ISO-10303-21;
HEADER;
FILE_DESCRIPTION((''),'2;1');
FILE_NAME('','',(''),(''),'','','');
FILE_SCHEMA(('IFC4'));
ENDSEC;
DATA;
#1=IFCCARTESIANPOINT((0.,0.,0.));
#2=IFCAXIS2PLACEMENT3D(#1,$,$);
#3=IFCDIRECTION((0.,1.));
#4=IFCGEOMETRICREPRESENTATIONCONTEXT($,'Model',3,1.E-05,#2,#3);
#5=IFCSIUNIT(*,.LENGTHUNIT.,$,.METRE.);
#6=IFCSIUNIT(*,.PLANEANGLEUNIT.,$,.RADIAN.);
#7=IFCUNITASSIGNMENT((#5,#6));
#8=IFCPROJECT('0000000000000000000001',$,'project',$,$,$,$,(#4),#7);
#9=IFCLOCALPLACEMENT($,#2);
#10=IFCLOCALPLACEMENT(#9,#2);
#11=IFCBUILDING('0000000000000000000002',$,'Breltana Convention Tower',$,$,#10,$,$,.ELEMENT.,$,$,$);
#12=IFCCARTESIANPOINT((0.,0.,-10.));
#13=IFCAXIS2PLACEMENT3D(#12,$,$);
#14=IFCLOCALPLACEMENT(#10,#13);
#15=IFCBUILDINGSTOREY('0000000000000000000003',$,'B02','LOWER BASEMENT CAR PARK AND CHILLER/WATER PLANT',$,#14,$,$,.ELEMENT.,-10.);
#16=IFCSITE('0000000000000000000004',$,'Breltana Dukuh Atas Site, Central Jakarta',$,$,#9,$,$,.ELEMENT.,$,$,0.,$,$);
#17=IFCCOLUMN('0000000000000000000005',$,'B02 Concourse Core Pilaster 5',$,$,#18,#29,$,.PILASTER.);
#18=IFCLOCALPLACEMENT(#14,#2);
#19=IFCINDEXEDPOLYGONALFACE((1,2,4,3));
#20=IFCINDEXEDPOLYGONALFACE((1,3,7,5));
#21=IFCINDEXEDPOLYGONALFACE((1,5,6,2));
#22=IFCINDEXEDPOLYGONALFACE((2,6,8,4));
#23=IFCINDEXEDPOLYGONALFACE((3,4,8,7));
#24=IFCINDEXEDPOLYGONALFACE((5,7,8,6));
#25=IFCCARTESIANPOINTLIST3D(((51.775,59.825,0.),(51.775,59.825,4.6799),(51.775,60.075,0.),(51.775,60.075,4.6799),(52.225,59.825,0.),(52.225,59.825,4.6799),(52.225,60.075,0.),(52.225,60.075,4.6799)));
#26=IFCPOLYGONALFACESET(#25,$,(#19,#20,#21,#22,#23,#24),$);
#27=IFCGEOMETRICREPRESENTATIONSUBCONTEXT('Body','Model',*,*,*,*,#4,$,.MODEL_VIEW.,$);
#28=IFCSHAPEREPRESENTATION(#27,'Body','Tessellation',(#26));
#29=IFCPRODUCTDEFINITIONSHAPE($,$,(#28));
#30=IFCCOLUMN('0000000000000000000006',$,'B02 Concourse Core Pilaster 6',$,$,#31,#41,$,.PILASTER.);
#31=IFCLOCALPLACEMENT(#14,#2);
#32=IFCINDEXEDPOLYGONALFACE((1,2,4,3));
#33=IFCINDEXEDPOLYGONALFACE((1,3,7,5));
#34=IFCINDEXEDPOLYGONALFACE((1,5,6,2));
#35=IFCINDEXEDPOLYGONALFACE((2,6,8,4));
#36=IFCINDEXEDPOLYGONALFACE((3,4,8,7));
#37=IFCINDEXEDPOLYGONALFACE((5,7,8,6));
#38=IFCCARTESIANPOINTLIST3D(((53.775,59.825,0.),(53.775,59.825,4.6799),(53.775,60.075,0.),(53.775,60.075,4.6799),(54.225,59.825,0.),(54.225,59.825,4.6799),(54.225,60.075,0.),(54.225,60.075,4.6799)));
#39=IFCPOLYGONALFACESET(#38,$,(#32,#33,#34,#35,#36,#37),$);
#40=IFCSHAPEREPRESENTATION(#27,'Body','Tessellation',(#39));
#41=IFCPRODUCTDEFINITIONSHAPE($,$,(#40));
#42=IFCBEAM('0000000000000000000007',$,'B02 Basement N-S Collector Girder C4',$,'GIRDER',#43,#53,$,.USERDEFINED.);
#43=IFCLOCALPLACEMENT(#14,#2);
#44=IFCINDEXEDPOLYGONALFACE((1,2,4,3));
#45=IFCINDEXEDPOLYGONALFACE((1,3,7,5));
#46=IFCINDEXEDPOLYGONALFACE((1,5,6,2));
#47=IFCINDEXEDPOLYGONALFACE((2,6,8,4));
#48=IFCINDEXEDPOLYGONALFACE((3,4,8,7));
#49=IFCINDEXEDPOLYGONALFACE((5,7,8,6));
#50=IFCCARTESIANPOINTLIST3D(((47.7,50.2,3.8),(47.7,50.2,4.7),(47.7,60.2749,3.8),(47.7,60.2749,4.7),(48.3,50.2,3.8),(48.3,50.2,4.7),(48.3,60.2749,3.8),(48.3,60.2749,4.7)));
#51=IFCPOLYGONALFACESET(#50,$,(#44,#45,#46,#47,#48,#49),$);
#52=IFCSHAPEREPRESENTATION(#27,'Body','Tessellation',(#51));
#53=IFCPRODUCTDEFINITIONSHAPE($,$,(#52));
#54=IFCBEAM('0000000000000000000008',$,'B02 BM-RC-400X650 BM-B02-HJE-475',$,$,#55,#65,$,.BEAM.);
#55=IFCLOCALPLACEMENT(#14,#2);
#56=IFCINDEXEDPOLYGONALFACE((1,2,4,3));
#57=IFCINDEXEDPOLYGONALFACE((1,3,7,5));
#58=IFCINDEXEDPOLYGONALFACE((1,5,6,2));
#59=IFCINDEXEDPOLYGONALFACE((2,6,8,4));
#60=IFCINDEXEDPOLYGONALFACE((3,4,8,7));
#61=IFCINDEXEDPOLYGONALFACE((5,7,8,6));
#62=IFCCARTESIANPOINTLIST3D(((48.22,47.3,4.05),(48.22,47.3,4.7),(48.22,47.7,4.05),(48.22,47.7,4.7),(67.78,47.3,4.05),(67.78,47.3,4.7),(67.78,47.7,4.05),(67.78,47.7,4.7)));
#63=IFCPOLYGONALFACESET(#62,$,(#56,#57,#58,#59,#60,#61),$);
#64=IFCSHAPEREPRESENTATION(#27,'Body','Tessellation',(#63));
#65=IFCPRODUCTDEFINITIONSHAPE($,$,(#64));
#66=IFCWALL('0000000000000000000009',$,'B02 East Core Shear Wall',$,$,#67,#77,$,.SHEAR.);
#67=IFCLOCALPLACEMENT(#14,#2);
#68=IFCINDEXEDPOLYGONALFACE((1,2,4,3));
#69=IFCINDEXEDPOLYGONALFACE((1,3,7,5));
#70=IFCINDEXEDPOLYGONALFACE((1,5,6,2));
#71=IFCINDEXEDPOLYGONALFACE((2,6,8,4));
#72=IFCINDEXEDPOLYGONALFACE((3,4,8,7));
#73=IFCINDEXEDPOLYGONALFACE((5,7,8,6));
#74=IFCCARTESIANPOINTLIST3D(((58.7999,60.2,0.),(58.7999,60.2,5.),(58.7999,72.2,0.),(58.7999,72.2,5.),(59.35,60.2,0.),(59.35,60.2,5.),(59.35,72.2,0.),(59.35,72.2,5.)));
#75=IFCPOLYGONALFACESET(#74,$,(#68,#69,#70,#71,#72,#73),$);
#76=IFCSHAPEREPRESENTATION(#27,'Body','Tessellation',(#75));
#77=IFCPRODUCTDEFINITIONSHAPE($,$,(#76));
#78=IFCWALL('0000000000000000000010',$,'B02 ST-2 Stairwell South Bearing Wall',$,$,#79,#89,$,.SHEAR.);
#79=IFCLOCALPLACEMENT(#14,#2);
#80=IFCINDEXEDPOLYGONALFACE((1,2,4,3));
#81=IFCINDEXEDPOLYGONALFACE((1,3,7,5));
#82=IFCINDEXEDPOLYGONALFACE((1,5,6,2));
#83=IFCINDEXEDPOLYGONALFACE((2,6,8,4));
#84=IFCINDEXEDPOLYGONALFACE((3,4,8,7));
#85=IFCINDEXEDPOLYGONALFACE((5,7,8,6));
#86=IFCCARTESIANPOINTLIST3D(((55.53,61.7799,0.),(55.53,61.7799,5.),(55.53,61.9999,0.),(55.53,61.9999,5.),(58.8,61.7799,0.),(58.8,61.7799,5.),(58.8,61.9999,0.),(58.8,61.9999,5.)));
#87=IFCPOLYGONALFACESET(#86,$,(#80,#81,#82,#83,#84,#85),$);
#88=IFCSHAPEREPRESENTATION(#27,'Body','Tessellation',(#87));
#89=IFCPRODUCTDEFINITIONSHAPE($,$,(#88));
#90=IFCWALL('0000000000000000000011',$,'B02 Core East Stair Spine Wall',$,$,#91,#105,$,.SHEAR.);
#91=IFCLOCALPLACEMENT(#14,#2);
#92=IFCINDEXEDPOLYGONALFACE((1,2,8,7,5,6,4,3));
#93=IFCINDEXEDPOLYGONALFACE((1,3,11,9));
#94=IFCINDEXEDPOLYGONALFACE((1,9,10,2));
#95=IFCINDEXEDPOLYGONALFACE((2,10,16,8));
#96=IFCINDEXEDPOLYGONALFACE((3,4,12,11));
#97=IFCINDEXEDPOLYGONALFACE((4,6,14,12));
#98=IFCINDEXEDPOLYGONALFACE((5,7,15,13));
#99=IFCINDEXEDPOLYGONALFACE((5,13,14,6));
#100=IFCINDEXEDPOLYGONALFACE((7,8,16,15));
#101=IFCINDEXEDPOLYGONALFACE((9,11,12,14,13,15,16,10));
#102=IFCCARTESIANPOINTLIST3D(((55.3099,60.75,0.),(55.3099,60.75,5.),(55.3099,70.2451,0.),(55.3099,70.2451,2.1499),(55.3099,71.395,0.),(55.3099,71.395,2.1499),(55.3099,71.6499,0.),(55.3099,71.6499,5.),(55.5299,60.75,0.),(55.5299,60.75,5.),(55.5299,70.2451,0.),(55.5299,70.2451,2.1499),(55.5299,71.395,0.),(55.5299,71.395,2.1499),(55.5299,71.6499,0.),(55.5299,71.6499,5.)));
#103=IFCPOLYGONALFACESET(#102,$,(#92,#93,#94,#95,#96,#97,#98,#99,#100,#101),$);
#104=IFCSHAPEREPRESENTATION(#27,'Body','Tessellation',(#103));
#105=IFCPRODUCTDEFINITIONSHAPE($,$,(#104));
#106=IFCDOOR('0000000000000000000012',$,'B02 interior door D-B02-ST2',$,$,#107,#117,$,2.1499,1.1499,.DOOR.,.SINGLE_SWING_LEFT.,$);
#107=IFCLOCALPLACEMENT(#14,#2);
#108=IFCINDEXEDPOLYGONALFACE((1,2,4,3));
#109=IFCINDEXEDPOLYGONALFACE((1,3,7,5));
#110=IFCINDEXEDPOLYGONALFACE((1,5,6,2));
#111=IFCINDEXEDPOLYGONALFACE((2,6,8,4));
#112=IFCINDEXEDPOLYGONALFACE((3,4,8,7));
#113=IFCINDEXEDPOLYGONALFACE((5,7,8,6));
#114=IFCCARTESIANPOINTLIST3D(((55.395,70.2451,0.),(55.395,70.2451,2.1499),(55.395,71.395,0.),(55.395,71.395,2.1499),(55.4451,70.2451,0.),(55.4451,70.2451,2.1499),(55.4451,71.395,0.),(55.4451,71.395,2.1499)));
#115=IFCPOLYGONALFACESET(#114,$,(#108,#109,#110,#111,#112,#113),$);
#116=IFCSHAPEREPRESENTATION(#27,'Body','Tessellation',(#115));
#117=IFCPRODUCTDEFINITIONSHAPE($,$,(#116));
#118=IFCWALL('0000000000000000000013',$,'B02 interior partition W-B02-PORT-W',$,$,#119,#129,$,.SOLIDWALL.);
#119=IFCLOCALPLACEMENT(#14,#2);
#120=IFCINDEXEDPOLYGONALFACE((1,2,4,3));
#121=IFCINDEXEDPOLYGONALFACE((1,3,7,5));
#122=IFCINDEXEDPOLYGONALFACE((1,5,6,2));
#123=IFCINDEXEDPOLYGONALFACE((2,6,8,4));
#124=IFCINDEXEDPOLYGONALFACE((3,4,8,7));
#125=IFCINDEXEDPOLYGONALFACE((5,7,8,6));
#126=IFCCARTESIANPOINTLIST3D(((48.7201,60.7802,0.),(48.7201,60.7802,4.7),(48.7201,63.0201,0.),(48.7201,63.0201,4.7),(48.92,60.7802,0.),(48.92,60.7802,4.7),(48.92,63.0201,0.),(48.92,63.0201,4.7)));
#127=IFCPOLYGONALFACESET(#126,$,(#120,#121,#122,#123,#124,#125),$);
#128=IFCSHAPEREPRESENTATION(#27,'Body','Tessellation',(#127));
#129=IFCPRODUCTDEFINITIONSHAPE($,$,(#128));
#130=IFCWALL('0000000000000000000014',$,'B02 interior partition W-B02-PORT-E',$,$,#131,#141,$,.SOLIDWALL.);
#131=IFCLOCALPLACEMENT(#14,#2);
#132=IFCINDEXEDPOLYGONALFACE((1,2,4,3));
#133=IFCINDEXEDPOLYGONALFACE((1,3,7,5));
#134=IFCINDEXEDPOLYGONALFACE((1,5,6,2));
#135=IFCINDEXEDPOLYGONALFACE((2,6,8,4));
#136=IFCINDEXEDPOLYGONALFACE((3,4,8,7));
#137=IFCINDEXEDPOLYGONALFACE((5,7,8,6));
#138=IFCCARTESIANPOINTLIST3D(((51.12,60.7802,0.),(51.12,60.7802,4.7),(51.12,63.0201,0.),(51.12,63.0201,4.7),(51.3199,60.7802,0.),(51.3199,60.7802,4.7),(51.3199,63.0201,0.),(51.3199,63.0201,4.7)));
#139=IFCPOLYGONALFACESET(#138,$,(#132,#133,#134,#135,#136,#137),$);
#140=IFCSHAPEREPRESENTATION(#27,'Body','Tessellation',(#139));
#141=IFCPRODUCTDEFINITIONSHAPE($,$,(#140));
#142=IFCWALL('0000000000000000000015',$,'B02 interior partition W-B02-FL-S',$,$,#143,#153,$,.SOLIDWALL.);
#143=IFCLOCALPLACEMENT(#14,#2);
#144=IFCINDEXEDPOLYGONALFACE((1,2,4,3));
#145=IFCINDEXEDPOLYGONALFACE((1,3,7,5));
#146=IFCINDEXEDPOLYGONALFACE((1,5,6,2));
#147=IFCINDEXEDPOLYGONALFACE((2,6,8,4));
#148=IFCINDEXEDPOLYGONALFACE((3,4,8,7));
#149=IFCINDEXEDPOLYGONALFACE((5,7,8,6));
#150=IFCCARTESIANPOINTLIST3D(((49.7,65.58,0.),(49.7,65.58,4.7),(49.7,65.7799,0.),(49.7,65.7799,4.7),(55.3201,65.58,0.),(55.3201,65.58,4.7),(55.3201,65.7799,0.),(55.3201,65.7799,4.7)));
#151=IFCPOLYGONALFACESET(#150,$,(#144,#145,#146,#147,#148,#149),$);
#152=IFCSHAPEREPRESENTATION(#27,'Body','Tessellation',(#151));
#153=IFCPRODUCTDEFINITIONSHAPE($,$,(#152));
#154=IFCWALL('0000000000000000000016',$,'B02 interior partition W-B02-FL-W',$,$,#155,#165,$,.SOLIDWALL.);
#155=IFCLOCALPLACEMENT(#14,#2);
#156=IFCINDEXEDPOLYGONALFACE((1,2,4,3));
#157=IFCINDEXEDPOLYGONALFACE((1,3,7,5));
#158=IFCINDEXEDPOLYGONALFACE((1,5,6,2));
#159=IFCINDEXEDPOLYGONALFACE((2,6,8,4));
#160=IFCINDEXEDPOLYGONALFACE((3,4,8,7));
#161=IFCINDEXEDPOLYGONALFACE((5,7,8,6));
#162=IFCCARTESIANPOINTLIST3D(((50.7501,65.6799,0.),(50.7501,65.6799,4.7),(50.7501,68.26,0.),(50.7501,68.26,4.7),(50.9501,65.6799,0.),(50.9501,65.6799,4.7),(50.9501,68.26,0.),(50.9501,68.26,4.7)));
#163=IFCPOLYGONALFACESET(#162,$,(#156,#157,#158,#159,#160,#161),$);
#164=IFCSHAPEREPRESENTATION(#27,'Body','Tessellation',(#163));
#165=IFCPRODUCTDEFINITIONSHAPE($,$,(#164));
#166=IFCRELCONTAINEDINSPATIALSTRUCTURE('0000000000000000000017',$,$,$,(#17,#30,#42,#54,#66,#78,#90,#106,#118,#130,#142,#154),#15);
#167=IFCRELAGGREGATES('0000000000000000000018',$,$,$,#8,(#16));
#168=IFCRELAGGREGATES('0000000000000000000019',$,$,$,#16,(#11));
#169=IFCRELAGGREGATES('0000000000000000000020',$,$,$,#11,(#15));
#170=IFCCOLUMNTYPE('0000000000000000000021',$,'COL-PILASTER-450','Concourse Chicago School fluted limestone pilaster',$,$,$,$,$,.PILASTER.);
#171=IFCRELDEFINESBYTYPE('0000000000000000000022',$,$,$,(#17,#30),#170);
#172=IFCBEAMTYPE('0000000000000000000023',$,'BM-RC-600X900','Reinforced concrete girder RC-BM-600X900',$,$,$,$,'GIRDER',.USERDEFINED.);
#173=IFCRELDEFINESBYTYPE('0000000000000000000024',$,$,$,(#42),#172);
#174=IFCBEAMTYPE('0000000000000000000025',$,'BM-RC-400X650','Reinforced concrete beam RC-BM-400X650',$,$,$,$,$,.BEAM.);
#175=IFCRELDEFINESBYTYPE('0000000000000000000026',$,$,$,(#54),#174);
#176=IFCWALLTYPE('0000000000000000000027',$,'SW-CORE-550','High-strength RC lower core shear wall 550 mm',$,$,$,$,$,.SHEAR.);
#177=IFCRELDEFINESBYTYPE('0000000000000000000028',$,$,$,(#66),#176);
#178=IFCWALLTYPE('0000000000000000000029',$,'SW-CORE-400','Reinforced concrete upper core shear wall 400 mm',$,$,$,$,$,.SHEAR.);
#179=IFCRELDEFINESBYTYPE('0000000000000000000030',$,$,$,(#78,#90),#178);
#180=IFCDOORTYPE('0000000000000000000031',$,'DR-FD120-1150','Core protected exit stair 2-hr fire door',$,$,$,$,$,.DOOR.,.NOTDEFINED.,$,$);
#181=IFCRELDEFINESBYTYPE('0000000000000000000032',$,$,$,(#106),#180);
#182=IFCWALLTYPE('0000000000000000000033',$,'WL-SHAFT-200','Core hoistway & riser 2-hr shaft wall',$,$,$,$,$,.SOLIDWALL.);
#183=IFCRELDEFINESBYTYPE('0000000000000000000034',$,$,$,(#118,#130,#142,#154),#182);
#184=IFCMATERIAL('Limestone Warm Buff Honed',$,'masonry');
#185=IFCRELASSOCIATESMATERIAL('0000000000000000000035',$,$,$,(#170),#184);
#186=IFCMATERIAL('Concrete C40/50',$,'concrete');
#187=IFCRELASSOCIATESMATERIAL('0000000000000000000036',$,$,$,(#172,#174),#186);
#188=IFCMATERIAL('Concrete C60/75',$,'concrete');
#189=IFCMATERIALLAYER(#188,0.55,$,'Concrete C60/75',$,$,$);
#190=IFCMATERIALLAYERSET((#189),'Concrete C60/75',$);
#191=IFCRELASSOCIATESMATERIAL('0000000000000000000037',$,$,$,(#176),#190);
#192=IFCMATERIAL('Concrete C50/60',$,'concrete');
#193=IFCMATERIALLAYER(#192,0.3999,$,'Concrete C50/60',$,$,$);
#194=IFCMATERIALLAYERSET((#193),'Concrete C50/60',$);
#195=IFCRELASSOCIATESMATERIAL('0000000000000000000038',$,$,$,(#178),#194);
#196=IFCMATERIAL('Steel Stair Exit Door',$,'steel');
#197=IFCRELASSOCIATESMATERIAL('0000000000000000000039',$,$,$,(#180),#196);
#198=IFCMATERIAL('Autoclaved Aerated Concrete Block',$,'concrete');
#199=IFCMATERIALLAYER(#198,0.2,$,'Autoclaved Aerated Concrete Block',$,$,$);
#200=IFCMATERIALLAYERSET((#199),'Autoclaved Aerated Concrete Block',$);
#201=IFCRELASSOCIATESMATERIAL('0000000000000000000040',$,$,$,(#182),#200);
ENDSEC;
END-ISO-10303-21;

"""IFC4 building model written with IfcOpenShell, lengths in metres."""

from ifc_helpers import new_model, si_unit, direction, frame, frame_2d, origin, origin_2d, place, context, subcontext, project, spatial, rectangle, extrude, source, transform, mapped, material, layer, layer_set, material_profile, profile_set, type_object, type_shapes, element, fill, save


model = new_model("IFC4")

# Units and contexts
model_context = context("Model", 3, precision=1e-05, world=origin(), true_north=direction((0.0, 1.0)))
body_context = subcontext(model_context, "Body", "Model", "MODEL_VIEW")
ifc_project = project(units=[si_unit("LENGTHUNIT", "METRE"), si_unit("PLANEANGLEUNIT", "RADIAN")], contexts=[model_context])

# Site, building, storey
site_placement = place(None, origin())
site = spatial("IfcSite", under=ifc_project, at=site_placement, Name="Breltana Dukuh Atas Site, Central Jakarta", CompositionType="ELEMENT", RefElevation=0.0)
building_placement = place(site_placement, origin())
building = spatial("IfcBuilding", under=site, at=building_placement, Name="Breltana Convention Tower", CompositionType="ELEMENT")
storey_placement = place(building_placement, frame((0.0, 0.0, -10.0)))
storey = spatial("IfcBuildingStorey", under=building, at=storey_placement, Name="B02", Description="LOWER BASEMENT CAR PARK AND CHILLER/WATER PLANT", CompositionType="ELEMENT", Elevation=-10.0)

# Shared definitions
ifc_material_1 = material(Name="Concrete C40/50", Category="concrete")

# Columns
ifc_material_2 = material(Name="Concrete C50/60", Category="concrete")
ifc_material_3 = material(Name="Limestone Warm Buff Honed", Category="masonry")
ifc_material_profile_1 = material_profile(ifc_material_3, rectangle(XDim=0.45, YDim=0.25, at=origin_2d()), Name="PIL-450X250")
ifc_profile_set_1 = profile_set([ifc_material_profile_1], Name="Limestone Warm Buff Honed")
column_type_1 = type_object("IfcColumnType", Name="COL-PILASTER-450", Description="Concourse Chicago School fluted limestone pilaster", PredefinedType="PILASTER", material=ifc_profile_set_1)
shared_shape_1 = source(origin(), body_context, "Body", "SweptSolid", [
    extrude(rectangle(XDim=0.45, YDim=0.25, at=origin_2d()), origin(), (0.0, 0.0, 1.0), 4.6799),
])
type_shapes(column_type_1, [shared_shape_1])
for number, where, z_axis, x_axis, name in (
    (1, (52.0, 59.95, 0.0), (0.0, 0.0, 1.0), (1.0, 0.0, 0.0), "B02 Concourse Core Pilaster 5"),
    (2, (54.0, 59.95, 0.0), (0.0, 0.0, 1.0), (1.0, 0.0, 0.0), "B02 Concourse Core Pilaster 6"),
):
    element("IfcColumn", number, at=place(storey_placement, frame(where, z_axis=z_axis, x_axis=x_axis)), inside=storey, type_object=column_type_1, Name=name, PredefinedType="PILASTER", context=body_context, shape_type="MappedRepresentation", body=[
        mapped(shared_shape_1, transform((0.0, 0.0, 0.0), scale=1.0)),
    ])

# Beams
ifc_material_profile_2 = material_profile(ifc_material_1, rectangle(XDim=0.6001, YDim=0.8999, at=origin_2d()), Name="RC-BM-600X900")
ifc_profile_set_2 = profile_set([ifc_material_profile_2], Name="Concrete C40/50")
beam_type_1 = type_object("IfcBeamType", Name="BM-RC-600X900", Description="Reinforced concrete girder RC-BM-600X900", ElementType="GIRDER", PredefinedType="USERDEFINED", material=ifc_profile_set_2)
shared_shape_2 = source(origin(), body_context, "Body", "SweptSolid", [
    extrude(rectangle(XDim=0.6001, YDim=0.8999, at=origin_2d()), origin(), (0.0, 0.0, 1.0), 10.075),
])
beam_1_placement = place(storey_placement, frame((48.0, 50.2, 4.25), z_axis=(0.0, 1.0, 0.0), x_axis=(-1.0, 0.0, 0.0)))
element("IfcBeam", 3, at=beam_1_placement, inside=storey, type_object=beam_type_1, Name="B02 Basement N-S Collector Girder C4", ObjectType="GIRDER", PredefinedType="USERDEFINED", context=body_context, shape_type="MappedRepresentation", body=[
    mapped(shared_shape_2, transform((0.0, 0.0, 0.0), scale=1.0)),
])
ifc_material_profile_3 = material_profile(ifc_material_1, rectangle(XDim=0.3999, YDim=0.6499, at=origin_2d()), Name="RC-BM-400X650")
ifc_profile_set_3 = profile_set([ifc_material_profile_3], Name="Concrete C40/50")
beam_type_2 = type_object("IfcBeamType", Name="BM-RC-400X650", Description="Reinforced concrete beam RC-BM-400X650", PredefinedType="BEAM", material=ifc_profile_set_3)
shared_shape_3 = source(origin(), body_context, "Body", "SweptSolid", [
    extrude(rectangle(XDim=0.3999, YDim=0.6499, at=origin_2d()), origin(), (0.0, 0.0, 1.0), 19.5601),
])
type_shapes(beam_type_2, [shared_shape_3])
beam_2_placement = place(storey_placement, frame((48.22, 47.5, 4.375), z_axis=(1.0, 0.0, 0.0), x_axis=(0.0, 1.0, 0.0)))
element("IfcBeam", 4, at=beam_2_placement, inside=storey, type_object=beam_type_2, Name="B02 BM-RC-400X650 BM-B02-HJE-475", PredefinedType="BEAM", context=body_context, shape_type="MappedRepresentation", body=[
    mapped(shared_shape_3, transform((0.0, 0.0, 0.0), scale=1.0)),
])

# Walls
ifc_material_4 = material(Name="Concrete C60/75", Category="concrete")
ifc_layer_1 = layer(ifc_material_4, 0.55, Name="Concrete C60/75")
ifc_layer_set_1 = layer_set([ifc_layer_1], Name="Concrete C60/75")
wall_type_1 = type_object("IfcWallType", Name="SW-CORE-550", Description="High-strength RC lower core shear wall 550 mm", PredefinedType="SHEAR", material=ifc_layer_set_1)
shared_shape_4 = source(origin(), body_context, "Body", "SweptSolid", [
    extrude(rectangle(XDim=12.0, YDim=0.55, at=frame_2d((6.0, 0.0))), origin(), (0.0, 0.0, 1.0), 5.0),
])
type_shapes(wall_type_1, [shared_shape_4])
wall_1_placement = place(storey_placement, frame((59.075, 60.2, 0.0), z_axis=(0.0, 0.0, 1.0), x_axis=(0.0, 1.0, 0.0)))
element("IfcWall", 5, at=wall_1_placement, inside=storey, type_object=wall_type_1, Name="B02 East Core Shear Wall", PredefinedType="SHEAR", context=body_context, shape_type="MappedRepresentation", body=[
    mapped(shared_shape_4, transform((0.0, 0.0, 0.0), scale=1.0)),
])
ifc_layer_2 = layer(ifc_material_2, 0.3999, Name="Concrete C50/60")
ifc_layer_set_2 = layer_set([ifc_layer_2], Name="Concrete C50/60")
wall_type_2 = type_object("IfcWallType", Name="SW-CORE-400", Description="Reinforced concrete upper core shear wall 400 mm", PredefinedType="SHEAR", material=ifc_layer_set_2)
shared_shape_5 = source(origin(), body_context, "Body", "SweptSolid", [
    extrude(rectangle(XDim=3.27, YDim=0.22, at=frame_2d((1.635, 0.0))), origin(), (0.0, 0.0, 1.0), 5.0),
])
type_shapes(wall_type_2, [shared_shape_5])
wall_2_placement = place(storey_placement, frame((55.53, 61.8899, 0.0), z_axis=(0.0, 0.0, 1.0), x_axis=(1.0, 0.0, 0.0)))
element("IfcWall", 6, at=wall_2_placement, inside=storey, type_object=wall_type_2, Name="B02 ST-2 Stairwell South Bearing Wall", PredefinedType="SHEAR", context=body_context, shape_type="MappedRepresentation", body=[
    mapped(shared_shape_5, transform((0.0, 0.0, 0.0), scale=1.0)),
])

# Wall, opening, door
shared_shape_6 = source(origin(), body_context, "Body", "SweptSolid", [
    extrude(rectangle(XDim=10.8999, YDim=0.22, at=frame_2d((5.45, 0.0))), origin(), (0.0, 0.0, 1.0), 5.0),
])
wall_3_placement = place(storey_placement, frame((55.4199, 60.75, 0.0), z_axis=(0.0, 0.0, 1.0), x_axis=(0.0, 1.0, 0.0)))
wall_3 = element("IfcWall", 7, at=wall_3_placement, inside=storey, type_object=wall_type_2, Name="B02 Core East Stair Spine Wall", PredefinedType="SHEAR", context=body_context, shape_type="MappedRepresentation", body=[
    mapped(shared_shape_6, transform((0.0, 0.0, 0.0), scale=1.0)),
])
opening_1_placement = place(wall_3_placement, frame((9.4951, 0.0, 0.0)))
opening_1 = element("IfcOpeningElement", 8, at=opening_1_placement, cuts=wall_3, PredefinedType="OPENING", context=body_context, shape_type="SweptSolid", body=[
    extrude(rectangle(XDim=1.1499, YDim=2.1499, at=frame_2d((0.575, 1.075))), frame((0.0, 0.1201, 0.0), z_axis=(0.0, -1.0, 0.0), x_axis=(1.0, 0.0, 0.0)), (0.0, 0.0, 1.0), 0.24),
])
ifc_material_5 = material(Name="Steel Stair Exit Door", Category="steel")
door_type_1 = type_object("IfcDoorType", Name="DR-FD120-1150", Description="Core protected exit stair 2-hr fire door", OperationType="NOTDEFINED", PredefinedType="DOOR", material=ifc_material_5)
shared_shape_7 = source(origin(), body_context, "Body", "SweptSolid", [
    extrude(rectangle(XDim=1.1499, YDim=2.1499, at=frame_2d((0.575, 1.075))), frame((0.0, 0.0249, 0.0), z_axis=(0.0, -1.0, 0.0), x_axis=(1.0, 0.0, 0.0)), (0.0, 0.0, 1.0), 0.05),
])
type_shapes(door_type_1, [shared_shape_7])
door_1_placement = place(opening_1_placement, origin())
door_1 = element("IfcDoor", 9, at=door_1_placement, inside=storey, type_object=door_type_1, Name="B02 interior door D-B02-ST2", OperationType="SINGLE_SWING_LEFT", OverallHeight=2.1499, OverallWidth=1.1499, PredefinedType="DOOR", context=body_context, shape_type="MappedRepresentation", body=[
    mapped(shared_shape_7, transform((0.0, 0.0, 0.0), scale=1.0)),
])
fill(opening_1, door_1)

# Walls
ifc_material_6 = material(Name="Autoclaved Aerated Concrete Block", Category="concrete")
ifc_layer_3 = layer(ifc_material_6, 0.2, Name="Autoclaved Aerated Concrete Block")
ifc_layer_set_3 = layer_set([ifc_layer_3], Name="Autoclaved Aerated Concrete Block")
wall_type_3 = type_object("IfcWallType", Name="WL-SHAFT-200", Description="Core hoistway & riser 2-hr shaft wall", PredefinedType="SOLIDWALL", material=ifc_layer_set_3)
shared_shape_8 = source(origin(), body_context, "Body", "SweptSolid", [
    extrude(rectangle(XDim=2.24, YDim=0.2, at=frame_2d((1.1201, 0.0))), origin(), (0.0, 0.0, 1.0), 4.7),
])
type_shapes(wall_type_3, [shared_shape_8])
for number, where, z_axis, x_axis, name in (
    (10, (48.8201, 60.78, 0.0), (0.0, 0.0, 1.0), (0.0, 1.0, 0.0), "B02 interior partition W-B02-PORT-W"),
    (11, (51.22, 60.78, 0.0), (0.0, 0.0, 1.0), (0.0, 1.0, 0.0), "B02 interior partition W-B02-PORT-E"),
):
    element("IfcWall", number, at=place(storey_placement, frame(where, z_axis=z_axis, x_axis=x_axis)), inside=storey, type_object=wall_type_3, Name=name, PredefinedType="SOLIDWALL", context=body_context, shape_type="MappedRepresentation", body=[
        mapped(shared_shape_8, transform((0.0, 0.0, 0.0), scale=1.0)),
    ])
shared_shape_9 = source(origin(), body_context, "Body", "SweptSolid", [
    extrude(rectangle(XDim=5.6201, YDim=0.2, at=frame_2d((2.8101, 0.0))), origin(), (0.0, 0.0, 1.0), 4.7),
])
wall_4_placement = place(storey_placement, frame((49.7, 65.6799, 0.0), z_axis=(0.0, 0.0, 1.0), x_axis=(1.0, 0.0, 0.0)))
element("IfcWall", 12, at=wall_4_placement, inside=storey, type_object=wall_type_3, Name="B02 interior partition W-B02-FL-S", PredefinedType="SOLIDWALL", context=body_context, shape_type="MappedRepresentation", body=[
    mapped(shared_shape_9, transform((0.0, 0.0, 0.0), scale=1.0)),
])
shared_shape_10 = source(origin(), body_context, "Body", "SweptSolid", [
    extrude(rectangle(XDim=2.5801, YDim=0.2, at=frame_2d((1.29, 0.0))), origin(), (0.0, 0.0, 1.0), 4.7),
])
wall_5_placement = place(storey_placement, frame((50.8501, 65.6799, 0.0), z_axis=(0.0, 0.0, 1.0), x_axis=(0.0, 1.0, 0.0)))
element("IfcWall", 13, at=wall_5_placement, inside=storey, type_object=wall_type_3, Name="B02 interior partition W-B02-FL-W", PredefinedType="SOLIDWALL", context=body_context, shape_type="MappedRepresentation", body=[
    mapped(shared_shape_10, transform((0.0, 0.0, 0.0), scale=1.0)),
])

save(model, "model.ifc")
